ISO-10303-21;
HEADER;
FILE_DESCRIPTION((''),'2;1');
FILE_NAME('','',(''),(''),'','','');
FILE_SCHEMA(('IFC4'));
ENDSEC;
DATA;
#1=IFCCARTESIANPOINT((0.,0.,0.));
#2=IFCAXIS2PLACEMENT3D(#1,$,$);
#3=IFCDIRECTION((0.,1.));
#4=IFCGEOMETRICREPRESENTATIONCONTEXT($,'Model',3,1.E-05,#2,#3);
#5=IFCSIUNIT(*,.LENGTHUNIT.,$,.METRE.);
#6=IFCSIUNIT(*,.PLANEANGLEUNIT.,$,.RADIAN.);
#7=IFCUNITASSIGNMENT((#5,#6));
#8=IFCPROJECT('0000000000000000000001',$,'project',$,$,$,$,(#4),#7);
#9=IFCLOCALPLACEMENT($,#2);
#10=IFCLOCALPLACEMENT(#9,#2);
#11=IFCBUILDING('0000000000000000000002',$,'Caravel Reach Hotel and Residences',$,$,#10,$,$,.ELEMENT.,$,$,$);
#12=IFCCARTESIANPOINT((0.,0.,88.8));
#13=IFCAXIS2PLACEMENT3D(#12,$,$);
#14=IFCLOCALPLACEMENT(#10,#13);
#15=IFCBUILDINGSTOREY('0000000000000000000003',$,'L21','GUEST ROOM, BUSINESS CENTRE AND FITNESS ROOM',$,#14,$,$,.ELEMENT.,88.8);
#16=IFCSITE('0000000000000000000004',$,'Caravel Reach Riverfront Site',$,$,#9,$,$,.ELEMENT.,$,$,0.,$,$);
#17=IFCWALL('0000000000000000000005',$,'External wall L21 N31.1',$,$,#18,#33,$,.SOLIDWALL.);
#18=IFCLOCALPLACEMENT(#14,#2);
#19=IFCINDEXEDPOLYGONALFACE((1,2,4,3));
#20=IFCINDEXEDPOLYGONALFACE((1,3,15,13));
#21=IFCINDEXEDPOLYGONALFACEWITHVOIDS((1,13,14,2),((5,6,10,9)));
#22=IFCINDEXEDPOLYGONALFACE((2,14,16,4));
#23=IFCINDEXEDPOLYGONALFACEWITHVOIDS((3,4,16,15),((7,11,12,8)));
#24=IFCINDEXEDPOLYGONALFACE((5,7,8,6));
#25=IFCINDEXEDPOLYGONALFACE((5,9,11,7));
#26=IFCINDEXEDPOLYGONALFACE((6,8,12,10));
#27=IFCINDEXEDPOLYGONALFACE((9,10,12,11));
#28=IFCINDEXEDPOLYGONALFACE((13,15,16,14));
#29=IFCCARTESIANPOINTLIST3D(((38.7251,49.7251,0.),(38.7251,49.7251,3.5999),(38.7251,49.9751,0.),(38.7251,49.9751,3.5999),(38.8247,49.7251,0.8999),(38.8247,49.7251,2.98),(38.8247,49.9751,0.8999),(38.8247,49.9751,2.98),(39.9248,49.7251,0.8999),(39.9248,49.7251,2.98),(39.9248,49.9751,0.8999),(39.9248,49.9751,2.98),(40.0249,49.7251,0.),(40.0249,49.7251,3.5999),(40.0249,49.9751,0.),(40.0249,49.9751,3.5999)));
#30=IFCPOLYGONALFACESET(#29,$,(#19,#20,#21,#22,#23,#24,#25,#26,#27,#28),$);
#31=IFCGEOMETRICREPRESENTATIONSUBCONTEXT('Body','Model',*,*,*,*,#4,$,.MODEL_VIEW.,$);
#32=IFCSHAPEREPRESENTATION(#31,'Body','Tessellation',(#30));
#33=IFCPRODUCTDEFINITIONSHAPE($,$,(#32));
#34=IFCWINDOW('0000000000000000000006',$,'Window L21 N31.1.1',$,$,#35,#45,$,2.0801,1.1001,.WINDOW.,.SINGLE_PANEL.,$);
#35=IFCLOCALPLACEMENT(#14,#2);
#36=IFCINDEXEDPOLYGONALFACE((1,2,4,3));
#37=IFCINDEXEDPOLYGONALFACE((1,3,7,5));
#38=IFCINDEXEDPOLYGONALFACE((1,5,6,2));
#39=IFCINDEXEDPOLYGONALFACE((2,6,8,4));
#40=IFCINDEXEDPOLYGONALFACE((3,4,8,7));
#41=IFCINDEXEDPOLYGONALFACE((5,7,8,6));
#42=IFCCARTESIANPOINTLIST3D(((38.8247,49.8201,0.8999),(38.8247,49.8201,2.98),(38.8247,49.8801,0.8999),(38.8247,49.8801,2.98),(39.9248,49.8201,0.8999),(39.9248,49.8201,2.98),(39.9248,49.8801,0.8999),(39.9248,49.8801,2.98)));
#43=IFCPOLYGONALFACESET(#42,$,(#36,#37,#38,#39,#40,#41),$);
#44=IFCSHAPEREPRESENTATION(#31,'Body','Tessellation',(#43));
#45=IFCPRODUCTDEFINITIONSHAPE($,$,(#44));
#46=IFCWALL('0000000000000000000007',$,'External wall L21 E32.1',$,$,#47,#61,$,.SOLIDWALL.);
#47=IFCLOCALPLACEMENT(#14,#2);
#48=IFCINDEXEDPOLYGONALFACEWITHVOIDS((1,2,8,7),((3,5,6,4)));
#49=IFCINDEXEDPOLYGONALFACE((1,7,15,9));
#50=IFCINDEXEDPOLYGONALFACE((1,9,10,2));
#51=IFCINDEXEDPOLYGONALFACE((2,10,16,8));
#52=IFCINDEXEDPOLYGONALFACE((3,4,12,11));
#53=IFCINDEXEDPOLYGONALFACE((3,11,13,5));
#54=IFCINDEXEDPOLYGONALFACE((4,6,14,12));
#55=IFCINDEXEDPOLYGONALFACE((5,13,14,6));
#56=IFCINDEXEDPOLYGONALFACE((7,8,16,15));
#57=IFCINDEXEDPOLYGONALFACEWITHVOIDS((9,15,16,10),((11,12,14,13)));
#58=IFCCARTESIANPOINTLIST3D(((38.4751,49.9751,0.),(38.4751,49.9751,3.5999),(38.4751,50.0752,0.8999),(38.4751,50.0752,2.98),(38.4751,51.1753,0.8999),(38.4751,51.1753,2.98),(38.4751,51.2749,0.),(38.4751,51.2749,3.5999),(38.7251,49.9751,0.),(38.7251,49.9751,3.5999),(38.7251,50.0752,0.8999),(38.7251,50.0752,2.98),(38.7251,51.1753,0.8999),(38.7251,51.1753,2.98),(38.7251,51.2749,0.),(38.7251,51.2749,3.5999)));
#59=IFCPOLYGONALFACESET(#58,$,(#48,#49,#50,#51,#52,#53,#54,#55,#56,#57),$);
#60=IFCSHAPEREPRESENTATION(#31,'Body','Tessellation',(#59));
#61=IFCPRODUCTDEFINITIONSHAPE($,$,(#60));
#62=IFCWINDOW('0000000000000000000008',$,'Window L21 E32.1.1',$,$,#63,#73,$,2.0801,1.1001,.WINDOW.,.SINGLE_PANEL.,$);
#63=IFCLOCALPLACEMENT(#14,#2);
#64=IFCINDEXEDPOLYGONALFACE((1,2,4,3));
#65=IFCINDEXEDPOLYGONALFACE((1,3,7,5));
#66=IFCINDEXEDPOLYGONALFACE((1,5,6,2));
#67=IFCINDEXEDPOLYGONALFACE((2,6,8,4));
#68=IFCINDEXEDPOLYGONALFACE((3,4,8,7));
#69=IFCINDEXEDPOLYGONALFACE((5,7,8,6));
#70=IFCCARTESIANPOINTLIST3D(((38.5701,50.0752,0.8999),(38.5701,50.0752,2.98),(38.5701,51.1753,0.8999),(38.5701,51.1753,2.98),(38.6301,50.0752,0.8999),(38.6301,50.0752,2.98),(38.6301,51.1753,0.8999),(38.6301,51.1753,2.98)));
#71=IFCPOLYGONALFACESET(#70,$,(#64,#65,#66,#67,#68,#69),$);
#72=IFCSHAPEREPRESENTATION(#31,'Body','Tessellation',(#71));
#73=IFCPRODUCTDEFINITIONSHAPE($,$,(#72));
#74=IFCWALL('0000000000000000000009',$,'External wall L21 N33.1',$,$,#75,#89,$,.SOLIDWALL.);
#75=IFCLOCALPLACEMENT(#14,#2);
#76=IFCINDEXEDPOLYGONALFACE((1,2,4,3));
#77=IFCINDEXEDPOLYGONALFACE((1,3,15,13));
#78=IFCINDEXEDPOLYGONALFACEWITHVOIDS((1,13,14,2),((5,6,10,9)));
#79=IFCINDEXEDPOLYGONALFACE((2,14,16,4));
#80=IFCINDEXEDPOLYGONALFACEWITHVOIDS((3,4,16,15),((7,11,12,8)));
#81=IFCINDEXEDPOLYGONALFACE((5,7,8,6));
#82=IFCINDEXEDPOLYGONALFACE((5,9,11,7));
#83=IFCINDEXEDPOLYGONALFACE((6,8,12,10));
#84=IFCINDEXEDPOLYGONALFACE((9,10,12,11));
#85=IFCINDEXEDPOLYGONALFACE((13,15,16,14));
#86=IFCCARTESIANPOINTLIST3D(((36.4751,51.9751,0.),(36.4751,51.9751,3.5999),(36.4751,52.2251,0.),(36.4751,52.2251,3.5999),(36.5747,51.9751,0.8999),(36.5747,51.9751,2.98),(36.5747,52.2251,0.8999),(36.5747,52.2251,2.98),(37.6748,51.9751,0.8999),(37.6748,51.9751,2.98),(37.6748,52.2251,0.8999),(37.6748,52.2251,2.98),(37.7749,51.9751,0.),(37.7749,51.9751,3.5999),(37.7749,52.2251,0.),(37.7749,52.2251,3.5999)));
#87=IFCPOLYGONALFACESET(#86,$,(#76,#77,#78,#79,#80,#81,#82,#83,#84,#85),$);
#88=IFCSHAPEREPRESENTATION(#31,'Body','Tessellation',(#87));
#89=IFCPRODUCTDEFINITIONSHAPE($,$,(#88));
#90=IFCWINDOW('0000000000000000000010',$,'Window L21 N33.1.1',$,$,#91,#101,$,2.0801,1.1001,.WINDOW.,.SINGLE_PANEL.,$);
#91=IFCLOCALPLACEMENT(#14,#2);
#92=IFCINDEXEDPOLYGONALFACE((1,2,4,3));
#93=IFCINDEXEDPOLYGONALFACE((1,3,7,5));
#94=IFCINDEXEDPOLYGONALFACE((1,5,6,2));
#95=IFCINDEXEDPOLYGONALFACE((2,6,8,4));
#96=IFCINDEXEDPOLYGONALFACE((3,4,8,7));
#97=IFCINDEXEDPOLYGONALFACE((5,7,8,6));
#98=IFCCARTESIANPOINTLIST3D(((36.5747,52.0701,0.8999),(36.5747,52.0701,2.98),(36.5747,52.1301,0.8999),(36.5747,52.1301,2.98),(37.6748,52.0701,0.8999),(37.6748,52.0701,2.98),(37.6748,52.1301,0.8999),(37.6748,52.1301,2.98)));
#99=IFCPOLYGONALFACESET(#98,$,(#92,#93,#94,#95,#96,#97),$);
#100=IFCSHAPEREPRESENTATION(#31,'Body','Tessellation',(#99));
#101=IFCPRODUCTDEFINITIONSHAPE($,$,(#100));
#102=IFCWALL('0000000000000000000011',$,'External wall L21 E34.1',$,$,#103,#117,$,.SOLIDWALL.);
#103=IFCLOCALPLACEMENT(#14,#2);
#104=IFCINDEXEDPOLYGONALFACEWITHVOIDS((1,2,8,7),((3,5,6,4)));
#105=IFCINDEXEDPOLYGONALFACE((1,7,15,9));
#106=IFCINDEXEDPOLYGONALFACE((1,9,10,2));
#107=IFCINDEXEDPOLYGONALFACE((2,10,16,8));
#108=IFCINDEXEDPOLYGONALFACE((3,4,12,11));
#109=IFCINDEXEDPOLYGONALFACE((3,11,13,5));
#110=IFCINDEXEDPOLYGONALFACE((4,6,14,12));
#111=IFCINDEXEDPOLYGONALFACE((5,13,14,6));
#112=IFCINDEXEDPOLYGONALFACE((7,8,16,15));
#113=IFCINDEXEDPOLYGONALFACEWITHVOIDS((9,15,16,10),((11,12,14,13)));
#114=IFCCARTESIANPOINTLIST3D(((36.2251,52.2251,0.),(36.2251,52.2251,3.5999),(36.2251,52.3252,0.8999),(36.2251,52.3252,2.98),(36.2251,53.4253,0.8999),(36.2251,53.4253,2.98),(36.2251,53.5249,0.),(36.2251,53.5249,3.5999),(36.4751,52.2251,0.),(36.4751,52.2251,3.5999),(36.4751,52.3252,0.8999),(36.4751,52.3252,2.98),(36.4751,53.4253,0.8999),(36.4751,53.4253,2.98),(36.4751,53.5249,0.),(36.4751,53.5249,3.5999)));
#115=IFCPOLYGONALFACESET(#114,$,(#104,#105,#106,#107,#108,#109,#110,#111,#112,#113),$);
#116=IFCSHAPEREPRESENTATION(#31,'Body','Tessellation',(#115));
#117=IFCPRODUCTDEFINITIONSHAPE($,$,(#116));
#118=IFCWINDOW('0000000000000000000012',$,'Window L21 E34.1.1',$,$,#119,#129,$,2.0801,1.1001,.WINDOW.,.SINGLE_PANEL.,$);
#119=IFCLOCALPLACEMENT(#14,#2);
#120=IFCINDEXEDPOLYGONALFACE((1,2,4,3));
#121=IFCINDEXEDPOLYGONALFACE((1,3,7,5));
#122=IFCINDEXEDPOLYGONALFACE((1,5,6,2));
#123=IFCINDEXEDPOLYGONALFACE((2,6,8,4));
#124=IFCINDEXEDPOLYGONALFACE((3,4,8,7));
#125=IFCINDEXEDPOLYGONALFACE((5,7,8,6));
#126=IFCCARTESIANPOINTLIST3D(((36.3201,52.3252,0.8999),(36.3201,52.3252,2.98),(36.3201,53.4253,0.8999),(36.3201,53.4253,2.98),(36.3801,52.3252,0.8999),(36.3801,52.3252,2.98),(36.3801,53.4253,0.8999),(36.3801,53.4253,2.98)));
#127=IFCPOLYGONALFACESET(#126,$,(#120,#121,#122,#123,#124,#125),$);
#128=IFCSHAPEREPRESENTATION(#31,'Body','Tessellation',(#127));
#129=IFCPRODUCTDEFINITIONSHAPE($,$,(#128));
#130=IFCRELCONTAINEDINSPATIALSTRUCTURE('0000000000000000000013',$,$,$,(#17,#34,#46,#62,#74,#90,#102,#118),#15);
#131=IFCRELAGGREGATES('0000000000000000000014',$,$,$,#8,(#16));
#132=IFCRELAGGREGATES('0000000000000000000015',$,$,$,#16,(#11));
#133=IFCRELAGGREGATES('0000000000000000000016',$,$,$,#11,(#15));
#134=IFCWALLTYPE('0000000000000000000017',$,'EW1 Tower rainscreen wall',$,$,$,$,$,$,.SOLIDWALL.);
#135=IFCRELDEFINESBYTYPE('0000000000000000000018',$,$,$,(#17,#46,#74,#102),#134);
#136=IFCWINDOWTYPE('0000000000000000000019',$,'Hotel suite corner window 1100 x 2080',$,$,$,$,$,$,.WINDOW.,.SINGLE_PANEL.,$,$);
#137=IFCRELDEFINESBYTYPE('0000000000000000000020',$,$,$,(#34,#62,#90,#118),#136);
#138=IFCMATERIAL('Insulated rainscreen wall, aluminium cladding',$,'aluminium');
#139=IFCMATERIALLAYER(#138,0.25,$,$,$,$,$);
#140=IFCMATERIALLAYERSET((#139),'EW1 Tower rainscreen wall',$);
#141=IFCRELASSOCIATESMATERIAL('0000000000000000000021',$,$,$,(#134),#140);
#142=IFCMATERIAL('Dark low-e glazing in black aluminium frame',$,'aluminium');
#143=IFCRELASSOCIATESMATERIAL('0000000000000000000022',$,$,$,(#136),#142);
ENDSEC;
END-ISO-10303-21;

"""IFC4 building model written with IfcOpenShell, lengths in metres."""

from ifc_helpers import new_model, si_unit, direction, frame, frame_2d, origin, place, context, subcontext, project, spatial, rectangle, extrude, material, layer, layer_set, type_object, element, fill, save


model = new_model("IFC4")

# Units and contexts
model_context = context("Model", 3, precision=1e-05, world=origin(), true_north=direction((0.0, 1.0)))
body_context = subcontext(model_context, "Body", "Model", "MODEL_VIEW")
ifc_project = project(units=[si_unit("LENGTHUNIT", "METRE"), si_unit("PLANEANGLEUNIT", "RADIAN")], contexts=[model_context])

# Site, building, storey
site_placement = place(None, origin())
site = spatial("IfcSite", under=ifc_project, at=site_placement, Name="Caravel Reach Riverfront Site", CompositionType="ELEMENT", RefElevation=0.0)
building_placement = place(site_placement, origin())
building = spatial("IfcBuilding", under=site, at=building_placement, Name="Caravel Reach Hotel and Residences", CompositionType="ELEMENT")
storey_placement = place(building_placement, frame((0.0, 0.0, 88.8)))
storey = spatial("IfcBuildingStorey", under=building, at=storey_placement, Name="L21", Description="GUEST ROOM, BUSINESS CENTRE AND FITNESS ROOM", CompositionType="ELEMENT", Elevation=88.8)

# Shared definitions
ifc_material_1 = material(Name="Insulated rainscreen wall, aluminium cladding", Category="aluminium")
ifc_layer_1 = layer(ifc_material_1, 0.25)
ifc_layer_set_1 = layer_set([ifc_layer_1], Name="EW1 Tower rainscreen wall")
wall_type_1 = type_object("IfcWallType", Name="EW1 Tower rainscreen wall", PredefinedType="SOLIDWALL", material=ifc_layer_set_1)

# Walls, openings, windows
wall_1_placement = place(storey_placement, frame((40.0249, 49.8501, 0.0), z_axis=(0.0, 0.0, 1.0), x_axis=(-1.0, 0.0, 0.0)))
wall_1 = element("IfcWall", 1, at=wall_1_placement, inside=storey, type_object=wall_type_1, Name="External wall L21 N31.1", PredefinedType="SOLIDWALL", context=body_context, shape_type="SweptSolid", body=[
    extrude(rectangle(XDim=1.2998, YDim=0.25, at=frame_2d((0.6499, 0.0))), origin(), (0.0, 0.0, 1.0), 3.5999),
])
opening_1_placement = place(wall_1_placement, frame((0.1001, 0.0, 0.8999)))
opening_1 = element("IfcOpeningElement", 2, at=opening_1_placement, cuts=wall_1, PredefinedType="OPENING", context=body_context, shape_type="SweptSolid", body=[
    extrude(rectangle(XDim=1.1001, YDim=2.0801, at=frame_2d((0.55, 1.04))), frame((0.0, 0.135, 0.0), z_axis=(0.0, -1.0, 0.0), x_axis=(1.0, 0.0, 0.0)), (0.0, 0.0, 1.0), 0.27),
])
ifc_material_2 = material(Name="Dark low-e glazing in black aluminium frame", Category="aluminium")
window_type_1 = type_object("IfcWindowType", Name="Hotel suite corner window 1100 x 2080", PartitioningType="SINGLE_PANEL", PredefinedType="WINDOW", material=ifc_material_2)
window_1_placement = place(opening_1_placement, origin())
window_1 = element("IfcWindow", 3, at=window_1_placement, inside=storey, type_object=window_type_1, Name="Window L21 N31.1.1", OverallHeight=2.0801, OverallWidth=1.1001, PartitioningType="SINGLE_PANEL", PredefinedType="WINDOW", context=body_context, shape_type="SweptSolid", body=[
    extrude(rectangle(XDim=1.1001, YDim=2.0801, at=frame_2d((0.55, 1.04))), frame((0.0, 0.03, 0.0), z_axis=(0.0, -1.0, 0.0), x_axis=(1.0, 0.0, 0.0)), (0.0, 0.0, 1.0), 0.0601),
])
fill(opening_1, window_1)
wall_2_placement = place(storey_placement, frame((38.6001, 49.9751, 0.0), z_axis=(0.0, 0.0, 1.0), x_axis=(0.0, 1.0, 0.0)))
wall_2 = element("IfcWall", 4, at=wall_2_placement, inside=storey, type_object=wall_type_1, Name="External wall L21 E32.1", PredefinedType="SOLIDWALL", context=body_context, shape_type="SweptSolid", body=[
    extrude(rectangle(XDim=1.2998, YDim=0.25, at=frame_2d((0.6499, 0.0))), origin(), (0.0, 0.0, 1.0), 3.5999),
])
opening_2_placement = place(wall_2_placement, frame((0.1001, 0.0, 0.8999)))
opening_2 = element("IfcOpeningElement", 5, at=opening_2_placement, cuts=wall_2, PredefinedType="OPENING", context=body_context, shape_type="SweptSolid", body=[
    extrude(rectangle(XDim=1.1001, YDim=2.0801, at=frame_2d((0.55, 1.04))), frame((0.0, 0.135, 0.0), z_axis=(0.0, -1.0, 0.0), x_axis=(1.0, 0.0, 0.0)), (0.0, 0.0, 1.0), 0.27),
])
window_2_placement = place(opening_2_placement, origin())
window_2 = element("IfcWindow", 6, at=window_2_placement, inside=storey, type_object=window_type_1, Name="Window L21 E32.1.1", OverallHeight=2.0801, OverallWidth=1.1001, PartitioningType="SINGLE_PANEL", PredefinedType="WINDOW", context=body_context, shape_type="SweptSolid", body=[
    extrude(rectangle(XDim=1.1001, YDim=2.0801, at=frame_2d((0.55, 1.04))), frame((0.0, 0.03, 0.0), z_axis=(0.0, -1.0, 0.0), x_axis=(1.0, 0.0, 0.0)), (0.0, 0.0, 1.0), 0.0601),
])
fill(opening_2, window_2)
wall_3_placement = place(storey_placement, frame((37.7749, 52.1001, 0.0), z_axis=(0.0, 0.0, 1.0), x_axis=(-1.0, 0.0, 0.0)))
wall_3 = element("IfcWall", 7, at=wall_3_placement, inside=storey, type_object=wall_type_1, Name="External wall L21 N33.1", PredefinedType="SOLIDWALL", context=body_context, shape_type="SweptSolid", body=[
    extrude(rectangle(XDim=1.2998, YDim=0.25, at=frame_2d((0.6499, 0.0))), origin(), (0.0, 0.0, 1.0), 3.5999),
])
opening_3_placement = place(wall_3_placement, frame((0.1001, 0.0, 0.8999)))
opening_3 = element("IfcOpeningElement", 8, at=opening_3_placement, cuts=wall_3, PredefinedType="OPENING", context=body_context, shape_type="SweptSolid", body=[
    extrude(rectangle(XDim=1.1001, YDim=2.0801, at=frame_2d((0.55, 1.04))), frame((0.0, 0.135, 0.0), z_axis=(0.0, -1.0, 0.0), x_axis=(1.0, 0.0, 0.0)), (0.0, 0.0, 1.0), 0.27),
])
window_3_placement = place(opening_3_placement, origin())
window_3 = element("IfcWindow", 9, at=window_3_placement, inside=storey, type_object=window_type_1, Name="Window L21 N33.1.1", OverallHeight=2.0801, OverallWidth=1.1001, PartitioningType="SINGLE_PANEL", PredefinedType="WINDOW", context=body_context, shape_type="SweptSolid", body=[
    extrude(rectangle(XDim=1.1001, YDim=2.0801, at=frame_2d((0.55, 1.04))), frame((0.0, 0.03, 0.0), z_axis=(0.0, -1.0, 0.0), x_axis=(1.0, 0.0, 0.0)), (0.0, 0.0, 1.0), 0.0601),
])
fill(opening_3, window_3)
wall_4_placement = place(storey_placement, frame((36.3501, 52.2251, 0.0), z_axis=(0.0, 0.0, 1.0), x_axis=(0.0, 1.0, 0.0)))
wall_4 = element("IfcWall", 10, at=wall_4_placement, inside=storey, type_object=wall_type_1, Name="External wall L21 E34.1", PredefinedType="SOLIDWALL", context=body_context, shape_type="SweptSolid", body=[
    extrude(rectangle(XDim=1.2998, YDim=0.25, at=frame_2d((0.6499, 0.0))), origin(), (0.0, 0.0, 1.0), 3.5999),
])
opening_4_placement = place(wall_4_placement, frame((0.1001, 0.0, 0.8999)))
opening_4 = element("IfcOpeningElement", 11, at=opening_4_placement, cuts=wall_4, PredefinedType="OPENING", context=body_context, shape_type="SweptSolid", body=[
    extrude(rectangle(XDim=1.1001, YDim=2.0801, at=frame_2d((0.55, 1.04))), frame((0.0, 0.135, 0.0), z_axis=(0.0, -1.0, 0.0), x_axis=(1.0, 0.0, 0.0)), (0.0, 0.0, 1.0), 0.27),
])
window_4_placement = place(opening_4_placement, origin())
window_4 = element("IfcWindow", 12, at=window_4_placement, inside=storey, type_object=window_type_1, Name="Window L21 E34.1.1", OverallHeight=2.0801, OverallWidth=1.1001, PartitioningType="SINGLE_PANEL", PredefinedType="WINDOW", context=body_context, shape_type="SweptSolid", body=[
    extrude(rectangle(XDim=1.1001, YDim=2.0801, at=frame_2d((0.55, 1.04))), frame((0.0, 0.03, 0.0), z_axis=(0.0, -1.0, 0.0), x_axis=(1.0, 0.0, 0.0)), (0.0, 0.0, 1.0), 0.0601),
])
fill(opening_4, window_4)

save(model, "model.ifc")
